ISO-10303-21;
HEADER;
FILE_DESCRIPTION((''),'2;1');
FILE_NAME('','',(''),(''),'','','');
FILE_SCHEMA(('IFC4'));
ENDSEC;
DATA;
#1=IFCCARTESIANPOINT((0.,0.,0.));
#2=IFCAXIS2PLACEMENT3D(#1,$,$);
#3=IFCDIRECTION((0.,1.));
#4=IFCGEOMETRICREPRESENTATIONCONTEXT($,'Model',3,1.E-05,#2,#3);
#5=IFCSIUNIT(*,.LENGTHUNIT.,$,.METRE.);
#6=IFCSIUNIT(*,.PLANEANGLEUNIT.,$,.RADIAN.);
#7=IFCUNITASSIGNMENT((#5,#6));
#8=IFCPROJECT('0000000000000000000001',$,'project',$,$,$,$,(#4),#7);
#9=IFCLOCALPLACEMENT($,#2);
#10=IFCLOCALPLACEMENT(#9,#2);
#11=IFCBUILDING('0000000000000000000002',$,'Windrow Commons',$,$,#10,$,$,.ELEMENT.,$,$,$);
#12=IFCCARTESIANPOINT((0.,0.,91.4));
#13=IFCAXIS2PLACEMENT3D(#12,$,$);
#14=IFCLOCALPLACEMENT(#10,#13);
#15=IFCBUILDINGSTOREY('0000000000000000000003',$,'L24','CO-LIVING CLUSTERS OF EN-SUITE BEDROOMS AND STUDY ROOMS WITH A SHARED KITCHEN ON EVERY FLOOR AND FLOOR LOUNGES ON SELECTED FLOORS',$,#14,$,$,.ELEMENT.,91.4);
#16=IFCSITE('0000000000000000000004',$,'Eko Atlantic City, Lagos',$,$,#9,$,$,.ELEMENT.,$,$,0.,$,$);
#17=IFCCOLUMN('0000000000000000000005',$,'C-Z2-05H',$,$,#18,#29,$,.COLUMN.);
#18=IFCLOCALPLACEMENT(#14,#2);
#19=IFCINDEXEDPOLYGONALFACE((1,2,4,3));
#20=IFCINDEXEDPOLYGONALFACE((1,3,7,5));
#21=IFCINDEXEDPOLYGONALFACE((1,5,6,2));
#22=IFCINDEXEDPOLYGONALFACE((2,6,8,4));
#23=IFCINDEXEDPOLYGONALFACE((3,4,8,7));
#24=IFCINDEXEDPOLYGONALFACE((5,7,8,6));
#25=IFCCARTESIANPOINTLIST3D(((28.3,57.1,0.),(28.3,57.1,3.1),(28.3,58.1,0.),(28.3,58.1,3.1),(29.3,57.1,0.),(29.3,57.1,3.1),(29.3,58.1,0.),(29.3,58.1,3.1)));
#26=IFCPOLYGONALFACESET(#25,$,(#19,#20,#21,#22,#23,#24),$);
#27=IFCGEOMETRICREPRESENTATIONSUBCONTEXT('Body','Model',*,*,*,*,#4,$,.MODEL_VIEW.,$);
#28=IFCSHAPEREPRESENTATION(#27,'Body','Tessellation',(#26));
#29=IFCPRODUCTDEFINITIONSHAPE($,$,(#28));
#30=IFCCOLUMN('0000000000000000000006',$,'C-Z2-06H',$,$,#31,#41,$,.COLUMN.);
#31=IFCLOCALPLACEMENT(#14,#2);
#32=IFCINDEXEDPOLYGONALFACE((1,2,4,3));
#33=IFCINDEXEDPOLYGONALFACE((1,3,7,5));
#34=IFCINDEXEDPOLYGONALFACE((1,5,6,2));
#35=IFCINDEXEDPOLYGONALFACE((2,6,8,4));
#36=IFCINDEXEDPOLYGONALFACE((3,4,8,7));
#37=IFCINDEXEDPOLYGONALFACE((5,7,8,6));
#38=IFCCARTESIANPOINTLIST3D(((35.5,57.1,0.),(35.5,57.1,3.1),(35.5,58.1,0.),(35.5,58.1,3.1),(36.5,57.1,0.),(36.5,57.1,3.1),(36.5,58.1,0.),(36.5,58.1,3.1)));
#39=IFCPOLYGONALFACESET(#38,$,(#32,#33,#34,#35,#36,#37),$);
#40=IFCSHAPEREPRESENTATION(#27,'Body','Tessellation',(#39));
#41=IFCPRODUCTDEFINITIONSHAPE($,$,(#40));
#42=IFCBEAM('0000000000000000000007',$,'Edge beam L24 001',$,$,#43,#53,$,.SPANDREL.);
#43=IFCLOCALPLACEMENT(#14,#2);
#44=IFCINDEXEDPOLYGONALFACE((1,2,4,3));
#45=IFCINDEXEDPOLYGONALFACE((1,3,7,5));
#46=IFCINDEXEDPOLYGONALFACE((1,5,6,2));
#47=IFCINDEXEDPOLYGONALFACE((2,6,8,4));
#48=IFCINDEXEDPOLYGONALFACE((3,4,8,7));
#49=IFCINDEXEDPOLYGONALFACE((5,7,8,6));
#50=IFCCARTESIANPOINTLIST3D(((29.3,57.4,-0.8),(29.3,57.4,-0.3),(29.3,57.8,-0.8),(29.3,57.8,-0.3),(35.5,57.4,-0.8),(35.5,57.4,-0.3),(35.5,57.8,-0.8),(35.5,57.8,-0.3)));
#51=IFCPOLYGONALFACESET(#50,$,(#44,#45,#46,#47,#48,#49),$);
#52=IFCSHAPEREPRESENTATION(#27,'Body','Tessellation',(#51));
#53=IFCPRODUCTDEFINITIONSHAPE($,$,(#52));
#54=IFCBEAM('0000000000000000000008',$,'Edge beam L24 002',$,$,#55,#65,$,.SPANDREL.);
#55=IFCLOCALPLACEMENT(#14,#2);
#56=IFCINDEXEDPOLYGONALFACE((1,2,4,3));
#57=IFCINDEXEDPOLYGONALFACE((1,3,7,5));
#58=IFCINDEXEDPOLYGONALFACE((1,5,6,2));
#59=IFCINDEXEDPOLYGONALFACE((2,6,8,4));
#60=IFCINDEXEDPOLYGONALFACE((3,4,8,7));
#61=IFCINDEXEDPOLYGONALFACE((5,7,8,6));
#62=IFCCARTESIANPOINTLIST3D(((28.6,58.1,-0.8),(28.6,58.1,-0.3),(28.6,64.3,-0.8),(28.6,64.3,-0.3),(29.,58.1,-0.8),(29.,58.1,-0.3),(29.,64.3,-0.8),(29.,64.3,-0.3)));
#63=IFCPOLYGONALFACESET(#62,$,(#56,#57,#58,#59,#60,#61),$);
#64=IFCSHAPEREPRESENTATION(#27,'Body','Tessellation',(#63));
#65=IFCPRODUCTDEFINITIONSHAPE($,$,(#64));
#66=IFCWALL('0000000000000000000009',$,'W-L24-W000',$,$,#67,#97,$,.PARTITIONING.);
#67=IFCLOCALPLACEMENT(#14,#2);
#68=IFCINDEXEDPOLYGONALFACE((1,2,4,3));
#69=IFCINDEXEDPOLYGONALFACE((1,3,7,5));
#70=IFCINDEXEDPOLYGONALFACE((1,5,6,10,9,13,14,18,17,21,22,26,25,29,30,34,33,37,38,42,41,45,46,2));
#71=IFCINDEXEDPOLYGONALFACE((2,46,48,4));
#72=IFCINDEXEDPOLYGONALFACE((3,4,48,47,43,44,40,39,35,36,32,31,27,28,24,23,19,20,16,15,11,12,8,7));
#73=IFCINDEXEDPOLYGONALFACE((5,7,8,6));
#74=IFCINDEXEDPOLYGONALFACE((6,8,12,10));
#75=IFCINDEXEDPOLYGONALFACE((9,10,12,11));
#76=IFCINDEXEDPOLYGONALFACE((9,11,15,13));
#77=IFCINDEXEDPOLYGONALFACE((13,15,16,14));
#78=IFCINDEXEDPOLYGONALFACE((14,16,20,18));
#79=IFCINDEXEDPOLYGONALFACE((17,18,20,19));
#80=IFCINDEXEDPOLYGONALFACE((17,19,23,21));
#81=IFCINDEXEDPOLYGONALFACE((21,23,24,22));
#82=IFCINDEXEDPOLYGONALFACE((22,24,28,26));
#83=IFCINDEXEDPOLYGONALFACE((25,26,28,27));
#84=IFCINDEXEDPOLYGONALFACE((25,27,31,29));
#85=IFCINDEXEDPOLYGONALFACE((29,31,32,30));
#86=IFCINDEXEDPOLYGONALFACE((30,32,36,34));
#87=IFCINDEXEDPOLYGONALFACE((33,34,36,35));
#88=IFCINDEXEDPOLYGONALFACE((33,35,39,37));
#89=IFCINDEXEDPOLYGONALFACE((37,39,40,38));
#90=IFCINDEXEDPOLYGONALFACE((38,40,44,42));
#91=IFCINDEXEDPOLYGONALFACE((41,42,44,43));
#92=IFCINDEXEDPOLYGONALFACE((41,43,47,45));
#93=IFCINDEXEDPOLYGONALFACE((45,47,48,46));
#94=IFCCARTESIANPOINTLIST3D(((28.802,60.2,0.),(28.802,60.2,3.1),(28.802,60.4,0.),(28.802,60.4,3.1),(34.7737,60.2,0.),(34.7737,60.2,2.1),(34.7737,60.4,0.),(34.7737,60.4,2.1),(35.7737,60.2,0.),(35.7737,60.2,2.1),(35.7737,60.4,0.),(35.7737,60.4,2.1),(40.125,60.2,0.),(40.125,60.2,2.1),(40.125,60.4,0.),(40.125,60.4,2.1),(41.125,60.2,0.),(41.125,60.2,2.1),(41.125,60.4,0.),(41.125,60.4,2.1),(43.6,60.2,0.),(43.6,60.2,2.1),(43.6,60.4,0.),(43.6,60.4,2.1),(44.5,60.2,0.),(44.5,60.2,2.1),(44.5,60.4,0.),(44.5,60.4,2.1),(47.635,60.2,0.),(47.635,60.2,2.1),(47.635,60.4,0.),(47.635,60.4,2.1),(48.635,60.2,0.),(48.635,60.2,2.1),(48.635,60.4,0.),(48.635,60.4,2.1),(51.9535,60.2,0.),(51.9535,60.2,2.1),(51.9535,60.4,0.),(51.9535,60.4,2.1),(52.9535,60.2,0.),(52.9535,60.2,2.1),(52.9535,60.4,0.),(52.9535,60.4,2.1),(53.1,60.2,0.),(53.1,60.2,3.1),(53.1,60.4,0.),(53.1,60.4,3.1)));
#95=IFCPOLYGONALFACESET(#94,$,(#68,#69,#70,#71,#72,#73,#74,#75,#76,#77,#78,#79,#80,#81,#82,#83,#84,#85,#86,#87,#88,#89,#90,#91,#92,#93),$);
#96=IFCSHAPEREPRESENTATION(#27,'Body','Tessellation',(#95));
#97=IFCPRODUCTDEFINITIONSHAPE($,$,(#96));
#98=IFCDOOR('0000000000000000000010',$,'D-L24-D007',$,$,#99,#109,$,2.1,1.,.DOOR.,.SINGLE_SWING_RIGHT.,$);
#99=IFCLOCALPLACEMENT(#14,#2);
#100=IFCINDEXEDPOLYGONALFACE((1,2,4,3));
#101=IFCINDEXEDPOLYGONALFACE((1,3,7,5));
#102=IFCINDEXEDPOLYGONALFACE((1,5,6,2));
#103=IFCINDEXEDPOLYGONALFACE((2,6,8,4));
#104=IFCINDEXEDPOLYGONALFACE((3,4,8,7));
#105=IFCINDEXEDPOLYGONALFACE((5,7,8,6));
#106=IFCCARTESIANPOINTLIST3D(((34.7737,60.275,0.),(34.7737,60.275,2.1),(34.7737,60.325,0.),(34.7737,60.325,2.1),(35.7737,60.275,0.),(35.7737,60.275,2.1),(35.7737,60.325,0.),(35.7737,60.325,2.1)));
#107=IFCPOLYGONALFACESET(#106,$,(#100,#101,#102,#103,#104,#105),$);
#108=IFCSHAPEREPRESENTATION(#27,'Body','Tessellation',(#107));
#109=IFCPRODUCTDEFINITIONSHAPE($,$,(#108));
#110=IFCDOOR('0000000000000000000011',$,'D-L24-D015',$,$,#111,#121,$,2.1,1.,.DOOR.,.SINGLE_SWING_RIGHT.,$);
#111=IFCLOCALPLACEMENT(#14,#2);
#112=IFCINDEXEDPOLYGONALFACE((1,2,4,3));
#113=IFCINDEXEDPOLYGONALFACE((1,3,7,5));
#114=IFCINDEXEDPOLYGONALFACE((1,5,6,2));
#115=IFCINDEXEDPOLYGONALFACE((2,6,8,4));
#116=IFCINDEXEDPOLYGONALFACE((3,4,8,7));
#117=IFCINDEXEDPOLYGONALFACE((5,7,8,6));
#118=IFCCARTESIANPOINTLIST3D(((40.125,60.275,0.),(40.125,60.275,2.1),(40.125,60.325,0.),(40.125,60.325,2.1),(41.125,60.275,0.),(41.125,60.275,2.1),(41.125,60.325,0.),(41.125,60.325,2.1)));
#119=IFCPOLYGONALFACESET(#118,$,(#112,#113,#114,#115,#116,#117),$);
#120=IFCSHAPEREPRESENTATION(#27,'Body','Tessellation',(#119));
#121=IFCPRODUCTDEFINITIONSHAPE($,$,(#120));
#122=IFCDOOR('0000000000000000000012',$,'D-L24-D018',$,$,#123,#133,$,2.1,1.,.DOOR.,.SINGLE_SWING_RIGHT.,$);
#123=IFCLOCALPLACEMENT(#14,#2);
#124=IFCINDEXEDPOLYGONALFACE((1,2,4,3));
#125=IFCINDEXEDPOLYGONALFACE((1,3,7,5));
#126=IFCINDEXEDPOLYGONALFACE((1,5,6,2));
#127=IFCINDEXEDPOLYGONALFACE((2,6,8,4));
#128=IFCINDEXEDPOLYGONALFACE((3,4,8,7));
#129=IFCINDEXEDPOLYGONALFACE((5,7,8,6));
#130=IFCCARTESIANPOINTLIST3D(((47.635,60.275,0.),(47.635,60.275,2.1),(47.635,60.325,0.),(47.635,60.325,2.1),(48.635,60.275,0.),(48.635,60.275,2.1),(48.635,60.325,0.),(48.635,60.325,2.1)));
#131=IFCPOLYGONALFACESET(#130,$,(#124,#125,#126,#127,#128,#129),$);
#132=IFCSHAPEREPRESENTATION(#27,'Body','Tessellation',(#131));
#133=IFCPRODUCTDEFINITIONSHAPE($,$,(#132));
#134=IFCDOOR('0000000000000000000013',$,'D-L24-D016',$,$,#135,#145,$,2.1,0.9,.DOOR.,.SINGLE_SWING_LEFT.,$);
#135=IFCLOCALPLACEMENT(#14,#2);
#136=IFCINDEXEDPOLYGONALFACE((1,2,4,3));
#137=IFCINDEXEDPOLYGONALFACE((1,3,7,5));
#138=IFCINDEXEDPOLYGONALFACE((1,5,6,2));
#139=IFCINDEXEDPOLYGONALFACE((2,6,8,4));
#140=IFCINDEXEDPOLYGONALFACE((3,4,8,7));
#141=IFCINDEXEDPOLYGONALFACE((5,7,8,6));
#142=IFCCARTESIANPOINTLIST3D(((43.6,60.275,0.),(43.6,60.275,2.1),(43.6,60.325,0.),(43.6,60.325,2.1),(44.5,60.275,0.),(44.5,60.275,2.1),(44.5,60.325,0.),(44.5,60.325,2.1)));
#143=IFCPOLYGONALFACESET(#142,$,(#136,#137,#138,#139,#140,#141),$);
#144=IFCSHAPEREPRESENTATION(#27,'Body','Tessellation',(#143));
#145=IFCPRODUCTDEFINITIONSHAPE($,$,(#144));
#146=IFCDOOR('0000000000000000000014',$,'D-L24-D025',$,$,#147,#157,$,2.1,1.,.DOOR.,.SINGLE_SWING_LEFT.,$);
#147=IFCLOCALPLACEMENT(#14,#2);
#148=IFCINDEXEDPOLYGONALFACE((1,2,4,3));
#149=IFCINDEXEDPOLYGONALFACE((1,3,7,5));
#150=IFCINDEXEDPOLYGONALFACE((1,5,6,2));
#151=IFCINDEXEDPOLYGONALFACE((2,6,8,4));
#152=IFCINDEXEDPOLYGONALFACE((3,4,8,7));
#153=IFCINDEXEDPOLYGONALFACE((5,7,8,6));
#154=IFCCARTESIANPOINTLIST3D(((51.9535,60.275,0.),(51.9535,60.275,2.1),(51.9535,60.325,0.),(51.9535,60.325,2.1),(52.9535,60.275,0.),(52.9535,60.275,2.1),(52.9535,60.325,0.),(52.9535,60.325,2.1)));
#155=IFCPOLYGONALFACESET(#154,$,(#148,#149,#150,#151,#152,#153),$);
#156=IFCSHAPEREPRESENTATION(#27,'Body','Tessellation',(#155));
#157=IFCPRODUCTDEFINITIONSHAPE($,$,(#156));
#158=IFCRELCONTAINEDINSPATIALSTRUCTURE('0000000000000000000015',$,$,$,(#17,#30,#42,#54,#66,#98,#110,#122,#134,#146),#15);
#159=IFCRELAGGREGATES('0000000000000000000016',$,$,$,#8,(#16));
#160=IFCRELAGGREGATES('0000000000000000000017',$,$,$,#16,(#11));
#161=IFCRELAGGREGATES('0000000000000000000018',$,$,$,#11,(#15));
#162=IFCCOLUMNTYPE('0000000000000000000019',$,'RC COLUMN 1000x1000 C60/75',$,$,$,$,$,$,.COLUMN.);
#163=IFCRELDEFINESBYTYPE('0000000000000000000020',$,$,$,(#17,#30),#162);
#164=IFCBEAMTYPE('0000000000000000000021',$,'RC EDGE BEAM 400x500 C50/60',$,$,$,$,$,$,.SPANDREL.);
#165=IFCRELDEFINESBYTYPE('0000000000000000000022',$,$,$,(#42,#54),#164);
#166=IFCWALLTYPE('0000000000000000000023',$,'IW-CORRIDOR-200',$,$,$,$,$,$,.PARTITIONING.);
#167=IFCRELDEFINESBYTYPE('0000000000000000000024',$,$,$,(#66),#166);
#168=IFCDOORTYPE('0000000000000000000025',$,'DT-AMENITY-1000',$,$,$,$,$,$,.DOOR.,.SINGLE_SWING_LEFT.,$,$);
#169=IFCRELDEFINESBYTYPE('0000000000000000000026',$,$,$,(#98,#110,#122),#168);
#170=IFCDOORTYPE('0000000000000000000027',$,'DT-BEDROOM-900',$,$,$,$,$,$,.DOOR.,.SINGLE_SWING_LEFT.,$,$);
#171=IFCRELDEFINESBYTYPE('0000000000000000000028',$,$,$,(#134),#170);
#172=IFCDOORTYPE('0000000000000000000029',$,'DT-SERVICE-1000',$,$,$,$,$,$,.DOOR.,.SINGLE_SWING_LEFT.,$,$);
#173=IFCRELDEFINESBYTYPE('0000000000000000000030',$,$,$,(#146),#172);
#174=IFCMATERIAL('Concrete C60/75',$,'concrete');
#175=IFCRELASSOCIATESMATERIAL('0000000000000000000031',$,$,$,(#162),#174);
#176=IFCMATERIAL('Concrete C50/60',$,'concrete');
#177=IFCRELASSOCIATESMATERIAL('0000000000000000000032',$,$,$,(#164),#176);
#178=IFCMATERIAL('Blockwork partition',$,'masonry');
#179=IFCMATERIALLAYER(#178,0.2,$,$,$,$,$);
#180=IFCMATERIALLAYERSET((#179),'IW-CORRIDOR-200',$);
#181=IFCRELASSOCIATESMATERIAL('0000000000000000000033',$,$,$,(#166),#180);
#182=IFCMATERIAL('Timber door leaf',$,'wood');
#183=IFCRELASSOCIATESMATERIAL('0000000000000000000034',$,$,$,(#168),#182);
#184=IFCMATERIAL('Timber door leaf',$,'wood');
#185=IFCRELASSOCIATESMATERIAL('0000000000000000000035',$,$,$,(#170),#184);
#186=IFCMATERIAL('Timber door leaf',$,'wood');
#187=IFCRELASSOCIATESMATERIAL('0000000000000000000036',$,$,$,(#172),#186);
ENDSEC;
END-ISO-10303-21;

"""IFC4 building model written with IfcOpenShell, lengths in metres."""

from ifc_helpers import new_model, si_unit, direction, frame, frame_2d, origin, origin_2d, place, context, subcontext, project, spatial, rectangle, extrude, material, layer, layer_set, material_profile, profile_set, type_object, element, fill, save


model = new_model("IFC4")

# Units and contexts
model_context = context("Model", 3, precision=1e-05, world=origin(), true_north=direction((0.0, 1.0)))
body_context = subcontext(model_context, "Body", "Model", "MODEL_VIEW")
ifc_project = project(units=[si_unit("LENGTHUNIT", "METRE"), si_unit("PLANEANGLEUNIT", "RADIAN")], contexts=[model_context])

# Site, building, storey
site_placement = place(None, origin())
site = spatial("IfcSite", under=ifc_project, at=site_placement, Name="Eko Atlantic City, Lagos", CompositionType="ELEMENT", RefElevation=0.0)
building_placement = place(site_placement, origin())
building = spatial("IfcBuilding", under=site, at=building_placement, Name="Windrow Commons", CompositionType="ELEMENT")
storey_placement = place(building_placement, frame((0.0, 0.0, 91.4)))
storey = spatial("IfcBuildingStorey", under=building, at=storey_placement, Name="L24", Description="CO-LIVING CLUSTERS OF EN-SUITE BEDROOMS AND STUDY ROOMS WITH A SHARED KITCHEN ON EVERY FLOOR AND FLOOR LOUNGES ON SELECTED FLOORS", CompositionType="ELEMENT", Elevation=91.4)

# Columns
ifc_material_1 = material(Name="Concrete C60/75", Category="concrete")
ifc_material_profile_1 = material_profile(ifc_material_1, rectangle(XDim=1.0, YDim=1.0, at=origin_2d()))
ifc_profile_set_1 = profile_set([ifc_material_profile_1], Name="Concrete C60/75")
column_type = type_object("IfcColumnType", Name="RC COLUMN 1000x1000 C60/75", PredefinedType="COLUMN", material=ifc_profile_set_1)
for number, where, z_axis, x_axis, name in (
    (1, (28.8, 57.6, 0.0), (0.0, 0.0, 1.0), (1.0, 0.0, 0.0), "C-Z2-05H"),
    (2, (36.0, 57.6, 0.0), (0.0, 0.0, 1.0), (1.0, 0.0, 0.0), "C-Z2-06H"),
):
    element("IfcColumn", number, at=place(storey_placement, frame(where, z_axis=z_axis, x_axis=x_axis)), inside=storey, type_object=column_type, Name=name, PredefinedType="COLUMN", context=body_context, shape_type="SweptSolid", body=[
        extrude(rectangle(XDim=1.0, YDim=1.0, at=origin_2d()), origin(), (0.0, 0.0, 1.0), 3.1),
    ])

# Beams
ifc_material_2 = material(Name="Concrete C50/60", Category="concrete")
ifc_material_profile_2 = material_profile(ifc_material_2, rectangle(XDim=0.4, YDim=0.5, at=origin_2d()))
ifc_profile_set_2 = profile_set([ifc_material_profile_2], Name="Concrete C50/60")
beam_type = type_object("IfcBeamType", Name="RC EDGE BEAM 400x500 C50/60", PredefinedType="SPANDREL", material=ifc_profile_set_2)
for number, where, z_axis, x_axis, name in (
    (3, (35.5, 57.6, -0.55), (-1.0, 0.0, 0.0), (0.0, -1.0, 0.0), "Edge beam L24 001"),
    (4, (28.8, 58.1, -0.55), (0.0, 1.0, 0.0), (-1.0, 0.0, 0.0), "Edge beam L24 002"),
):
    element("IfcBeam", number, at=place(storey_placement, frame(where, z_axis=z_axis, x_axis=x_axis)), inside=storey, type_object=beam_type, Name=name, PredefinedType="SPANDREL", context=body_context, shape_type="SweptSolid", body=[
        extrude(rectangle(XDim=0.4, YDim=0.5, at=origin_2d()), origin(), (0.0, 0.0, 1.0), 6.2),
    ])

# Wall, openings, doors
ifc_material_3 = material(Name="Blockwork partition", Category="masonry")
ifc_layer_1 = layer(ifc_material_3, 0.2)
ifc_layer_set_1 = layer_set([ifc_layer_1], Name="IW-CORRIDOR-200")
wall_type_1 = type_object("IfcWallType", Name="IW-CORRIDOR-200", PredefinedType="PARTITIONING", material=ifc_layer_set_1)
wall_1_placement = place(storey_placement, frame((28.802, 60.3, 0.0), z_axis=(0.0, 0.0, 1.0), x_axis=(1.0, 0.0, 0.0)))
wall_1 = element("IfcWall", 5, at=wall_1_placement, inside=storey, type_object=wall_type_1, Name="W-L24-W000", PredefinedType="PARTITIONING", context=body_context, shape_type="SweptSolid", body=[
    extrude(rectangle(XDim=24.298, YDim=0.2, at=frame_2d((12.149, 0.0))), origin(), (0.0, 0.0, 1.0), 3.1),
])
opening_1_placement = place(wall_1_placement, frame((5.9717, 0.0, 0.0)))
opening_1 = element("IfcOpeningElement", 6, at=opening_1_placement, cuts=wall_1, PredefinedType="OPENING", context=body_context, shape_type="SweptSolid", body=[
    extrude(rectangle(XDim=1.0, YDim=2.1, at=frame_2d((0.5, 1.05))), frame((0.0, 0.11, 0.0), z_axis=(0.0, -1.0, 0.0), x_axis=(1.0, 0.0, 0.0)), (0.0, 0.0, 1.0), 0.22),
])
opening_2_placement = place(wall_1_placement, frame((11.323, 0.0, 0.0)))
opening_2 = element("IfcOpeningElement", 7, at=opening_2_placement, cuts=wall_1, PredefinedType="OPENING", context=body_context, shape_type="SweptSolid", body=[
    extrude(rectangle(XDim=1.0, YDim=2.1, at=frame_2d((0.5, 1.05))), frame((0.0, 0.11, 0.0), z_axis=(0.0, -1.0, 0.0), x_axis=(1.0, 0.0, 0.0)), (0.0, 0.0, 1.0), 0.22),
])
opening_3_placement = place(wall_1_placement, frame((14.798, 0.0, 0.0)))
opening_3 = element("IfcOpeningElement", 8, at=opening_3_placement, cuts=wall_1, PredefinedType="OPENING", context=body_context, shape_type="SweptSolid", body=[
    extrude(rectangle(XDim=0.9, YDim=2.1, at=frame_2d((0.45, 1.05))), frame((0.0, 0.11, 0.0), z_axis=(0.0, -1.0, 0.0), x_axis=(1.0, 0.0, 0.0)), (0.0, 0.0, 1.0), 0.22),
])
opening_4_placement = place(wall_1_placement, frame((18.833, 0.0, 0.0)))
opening_4 = element("IfcOpeningElement", 9, at=opening_4_placement, cuts=wall_1, PredefinedType="OPENING", context=body_context, shape_type="SweptSolid", body=[
    extrude(rectangle(XDim=1.0, YDim=2.1, at=frame_2d((0.5, 1.05))), frame((0.0, 0.11, 0.0), z_axis=(0.0, -1.0, 0.0), x_axis=(1.0, 0.0, 0.0)), (0.0, 0.0, 1.0), 0.22),
])
opening_5_placement = place(wall_1_placement, frame((23.1515, 0.0, 0.0)))
opening_5 = element("IfcOpeningElement", 10, at=opening_5_placement, cuts=wall_1, PredefinedType="OPENING", context=body_context, shape_type="SweptSolid", body=[
    extrude(rectangle(XDim=1.0, YDim=2.1, at=frame_2d((0.5, 1.05))), frame((0.0, 0.11, 0.0), z_axis=(0.0, -1.0, 0.0), x_axis=(1.0, 0.0, 0.0)), (0.0, 0.0, 1.0), 0.22),
])
ifc_material_4 = material(Name="Timber door leaf", Category="wood")
door_type_1 = type_object("IfcDoorType", Name="DT-AMENITY-1000", OperationType="SINGLE_SWING_LEFT", PredefinedType="DOOR", material=ifc_material_4)
door_1_placement = place(opening_1_placement, origin())
door_1 = element("IfcDoor", 11, at=door_1_placement, inside=storey, type_object=door_type_1, Name="D-L24-D007", OperationType="SINGLE_SWING_RIGHT", OverallHeight=2.1, OverallWidth=1.0, PredefinedType="DOOR", context=body_context, shape_type="SweptSolid", body=[
    extrude(rectangle(XDim=1.0, YDim=2.1, at=frame_2d((0.5, 1.05))), frame((0.0, 0.025, 0.0), z_axis=(0.0, -1.0, 0.0), x_axis=(1.0, 0.0, 0.0)), (0.0, 0.0, 1.0), 0.05),
])
fill(opening_1, door_1)
door_2_placement = place(opening_2_placement, origin())
door_2 = element("IfcDoor", 12, at=door_2_placement, inside=storey, type_object=door_type_1, Name="D-L24-D015", OperationType="SINGLE_SWING_RIGHT", OverallHeight=2.1, OverallWidth=1.0, PredefinedType="DOOR", context=body_context, shape_type="SweptSolid", body=[
    extrude(rectangle(XDim=1.0, YDim=2.1, at=frame_2d((0.5, 1.05))), frame((0.0, 0.025, 0.0), z_axis=(0.0, -1.0, 0.0), x_axis=(1.0, 0.0, 0.0)), (0.0, 0.0, 1.0), 0.05),
])
fill(opening_2, door_2)
door_3_placement = place(opening_4_placement, origin())
door_3 = element("IfcDoor", 13, at=door_3_placement, inside=storey, type_object=door_type_1, Name="D-L24-D018", OperationType="SINGLE_SWING_RIGHT", OverallHeight=2.1, OverallWidth=1.0, PredefinedType="DOOR", context=body_context, shape_type="SweptSolid", body=[
    extrude(rectangle(XDim=1.0, YDim=2.1, at=frame_2d((0.5, 1.05))), frame((0.0, 0.025, 0.0), z_axis=(0.0, -1.0, 0.0), x_axis=(1.0, 0.0, 0.0)), (0.0, 0.0, 1.0), 0.05),
])
fill(opening_4, door_3)
ifc_material_5 = material(Name="Timber door leaf", Category="wood")
door_type_2 = type_object("IfcDoorType", Name="DT-BEDROOM-900", OperationType="SINGLE_SWING_LEFT", PredefinedType="DOOR", material=ifc_material_5)
door_4_placement = place(opening_3_placement, origin())
door_4 = element("IfcDoor", 14, at=door_4_placement, inside=storey, type_object=door_type_2, Name="D-L24-D016", OperationType="SINGLE_SWING_LEFT", OverallHeight=2.1, OverallWidth=0.9, PredefinedType="DOOR", context=body_context, shape_type="SweptSolid", body=[
    extrude(rectangle(XDim=0.9, YDim=2.1, at=frame_2d((0.45, 1.05))), frame((0.0, 0.025, 0.0), z_axis=(0.0, -1.0, 0.0), x_axis=(1.0, 0.0, 0.0)), (0.0, 0.0, 1.0), 0.05),
])
fill(opening_3, door_4)
ifc_material_6 = material(Name="Timber door leaf", Category="wood")
door_type_3 = type_object("IfcDoorType", Name="DT-SERVICE-1000", OperationType="SINGLE_SWING_LEFT", PredefinedType="DOOR", material=ifc_material_6)
door_5_placement = place(opening_5_placement, origin())
door_5 = element("IfcDoor", 15, at=door_5_placement, inside=storey, type_object=door_type_3, Name="D-L24-D025", OperationType="SINGLE_SWING_LEFT", OverallHeight=2.1, OverallWidth=1.0, PredefinedType="DOOR", context=body_context, shape_type="SweptSolid", body=[
    extrude(rectangle(XDim=1.0, YDim=2.1, at=frame_2d((0.5, 1.05))), frame((0.0, 0.025, 0.0), z_axis=(0.0, -1.0, 0.0), x_axis=(1.0, 0.0, 0.0)), (0.0, 0.0, 1.0), 0.05),
])
fill(opening_5, door_5)

save(model, "model.ifc")
